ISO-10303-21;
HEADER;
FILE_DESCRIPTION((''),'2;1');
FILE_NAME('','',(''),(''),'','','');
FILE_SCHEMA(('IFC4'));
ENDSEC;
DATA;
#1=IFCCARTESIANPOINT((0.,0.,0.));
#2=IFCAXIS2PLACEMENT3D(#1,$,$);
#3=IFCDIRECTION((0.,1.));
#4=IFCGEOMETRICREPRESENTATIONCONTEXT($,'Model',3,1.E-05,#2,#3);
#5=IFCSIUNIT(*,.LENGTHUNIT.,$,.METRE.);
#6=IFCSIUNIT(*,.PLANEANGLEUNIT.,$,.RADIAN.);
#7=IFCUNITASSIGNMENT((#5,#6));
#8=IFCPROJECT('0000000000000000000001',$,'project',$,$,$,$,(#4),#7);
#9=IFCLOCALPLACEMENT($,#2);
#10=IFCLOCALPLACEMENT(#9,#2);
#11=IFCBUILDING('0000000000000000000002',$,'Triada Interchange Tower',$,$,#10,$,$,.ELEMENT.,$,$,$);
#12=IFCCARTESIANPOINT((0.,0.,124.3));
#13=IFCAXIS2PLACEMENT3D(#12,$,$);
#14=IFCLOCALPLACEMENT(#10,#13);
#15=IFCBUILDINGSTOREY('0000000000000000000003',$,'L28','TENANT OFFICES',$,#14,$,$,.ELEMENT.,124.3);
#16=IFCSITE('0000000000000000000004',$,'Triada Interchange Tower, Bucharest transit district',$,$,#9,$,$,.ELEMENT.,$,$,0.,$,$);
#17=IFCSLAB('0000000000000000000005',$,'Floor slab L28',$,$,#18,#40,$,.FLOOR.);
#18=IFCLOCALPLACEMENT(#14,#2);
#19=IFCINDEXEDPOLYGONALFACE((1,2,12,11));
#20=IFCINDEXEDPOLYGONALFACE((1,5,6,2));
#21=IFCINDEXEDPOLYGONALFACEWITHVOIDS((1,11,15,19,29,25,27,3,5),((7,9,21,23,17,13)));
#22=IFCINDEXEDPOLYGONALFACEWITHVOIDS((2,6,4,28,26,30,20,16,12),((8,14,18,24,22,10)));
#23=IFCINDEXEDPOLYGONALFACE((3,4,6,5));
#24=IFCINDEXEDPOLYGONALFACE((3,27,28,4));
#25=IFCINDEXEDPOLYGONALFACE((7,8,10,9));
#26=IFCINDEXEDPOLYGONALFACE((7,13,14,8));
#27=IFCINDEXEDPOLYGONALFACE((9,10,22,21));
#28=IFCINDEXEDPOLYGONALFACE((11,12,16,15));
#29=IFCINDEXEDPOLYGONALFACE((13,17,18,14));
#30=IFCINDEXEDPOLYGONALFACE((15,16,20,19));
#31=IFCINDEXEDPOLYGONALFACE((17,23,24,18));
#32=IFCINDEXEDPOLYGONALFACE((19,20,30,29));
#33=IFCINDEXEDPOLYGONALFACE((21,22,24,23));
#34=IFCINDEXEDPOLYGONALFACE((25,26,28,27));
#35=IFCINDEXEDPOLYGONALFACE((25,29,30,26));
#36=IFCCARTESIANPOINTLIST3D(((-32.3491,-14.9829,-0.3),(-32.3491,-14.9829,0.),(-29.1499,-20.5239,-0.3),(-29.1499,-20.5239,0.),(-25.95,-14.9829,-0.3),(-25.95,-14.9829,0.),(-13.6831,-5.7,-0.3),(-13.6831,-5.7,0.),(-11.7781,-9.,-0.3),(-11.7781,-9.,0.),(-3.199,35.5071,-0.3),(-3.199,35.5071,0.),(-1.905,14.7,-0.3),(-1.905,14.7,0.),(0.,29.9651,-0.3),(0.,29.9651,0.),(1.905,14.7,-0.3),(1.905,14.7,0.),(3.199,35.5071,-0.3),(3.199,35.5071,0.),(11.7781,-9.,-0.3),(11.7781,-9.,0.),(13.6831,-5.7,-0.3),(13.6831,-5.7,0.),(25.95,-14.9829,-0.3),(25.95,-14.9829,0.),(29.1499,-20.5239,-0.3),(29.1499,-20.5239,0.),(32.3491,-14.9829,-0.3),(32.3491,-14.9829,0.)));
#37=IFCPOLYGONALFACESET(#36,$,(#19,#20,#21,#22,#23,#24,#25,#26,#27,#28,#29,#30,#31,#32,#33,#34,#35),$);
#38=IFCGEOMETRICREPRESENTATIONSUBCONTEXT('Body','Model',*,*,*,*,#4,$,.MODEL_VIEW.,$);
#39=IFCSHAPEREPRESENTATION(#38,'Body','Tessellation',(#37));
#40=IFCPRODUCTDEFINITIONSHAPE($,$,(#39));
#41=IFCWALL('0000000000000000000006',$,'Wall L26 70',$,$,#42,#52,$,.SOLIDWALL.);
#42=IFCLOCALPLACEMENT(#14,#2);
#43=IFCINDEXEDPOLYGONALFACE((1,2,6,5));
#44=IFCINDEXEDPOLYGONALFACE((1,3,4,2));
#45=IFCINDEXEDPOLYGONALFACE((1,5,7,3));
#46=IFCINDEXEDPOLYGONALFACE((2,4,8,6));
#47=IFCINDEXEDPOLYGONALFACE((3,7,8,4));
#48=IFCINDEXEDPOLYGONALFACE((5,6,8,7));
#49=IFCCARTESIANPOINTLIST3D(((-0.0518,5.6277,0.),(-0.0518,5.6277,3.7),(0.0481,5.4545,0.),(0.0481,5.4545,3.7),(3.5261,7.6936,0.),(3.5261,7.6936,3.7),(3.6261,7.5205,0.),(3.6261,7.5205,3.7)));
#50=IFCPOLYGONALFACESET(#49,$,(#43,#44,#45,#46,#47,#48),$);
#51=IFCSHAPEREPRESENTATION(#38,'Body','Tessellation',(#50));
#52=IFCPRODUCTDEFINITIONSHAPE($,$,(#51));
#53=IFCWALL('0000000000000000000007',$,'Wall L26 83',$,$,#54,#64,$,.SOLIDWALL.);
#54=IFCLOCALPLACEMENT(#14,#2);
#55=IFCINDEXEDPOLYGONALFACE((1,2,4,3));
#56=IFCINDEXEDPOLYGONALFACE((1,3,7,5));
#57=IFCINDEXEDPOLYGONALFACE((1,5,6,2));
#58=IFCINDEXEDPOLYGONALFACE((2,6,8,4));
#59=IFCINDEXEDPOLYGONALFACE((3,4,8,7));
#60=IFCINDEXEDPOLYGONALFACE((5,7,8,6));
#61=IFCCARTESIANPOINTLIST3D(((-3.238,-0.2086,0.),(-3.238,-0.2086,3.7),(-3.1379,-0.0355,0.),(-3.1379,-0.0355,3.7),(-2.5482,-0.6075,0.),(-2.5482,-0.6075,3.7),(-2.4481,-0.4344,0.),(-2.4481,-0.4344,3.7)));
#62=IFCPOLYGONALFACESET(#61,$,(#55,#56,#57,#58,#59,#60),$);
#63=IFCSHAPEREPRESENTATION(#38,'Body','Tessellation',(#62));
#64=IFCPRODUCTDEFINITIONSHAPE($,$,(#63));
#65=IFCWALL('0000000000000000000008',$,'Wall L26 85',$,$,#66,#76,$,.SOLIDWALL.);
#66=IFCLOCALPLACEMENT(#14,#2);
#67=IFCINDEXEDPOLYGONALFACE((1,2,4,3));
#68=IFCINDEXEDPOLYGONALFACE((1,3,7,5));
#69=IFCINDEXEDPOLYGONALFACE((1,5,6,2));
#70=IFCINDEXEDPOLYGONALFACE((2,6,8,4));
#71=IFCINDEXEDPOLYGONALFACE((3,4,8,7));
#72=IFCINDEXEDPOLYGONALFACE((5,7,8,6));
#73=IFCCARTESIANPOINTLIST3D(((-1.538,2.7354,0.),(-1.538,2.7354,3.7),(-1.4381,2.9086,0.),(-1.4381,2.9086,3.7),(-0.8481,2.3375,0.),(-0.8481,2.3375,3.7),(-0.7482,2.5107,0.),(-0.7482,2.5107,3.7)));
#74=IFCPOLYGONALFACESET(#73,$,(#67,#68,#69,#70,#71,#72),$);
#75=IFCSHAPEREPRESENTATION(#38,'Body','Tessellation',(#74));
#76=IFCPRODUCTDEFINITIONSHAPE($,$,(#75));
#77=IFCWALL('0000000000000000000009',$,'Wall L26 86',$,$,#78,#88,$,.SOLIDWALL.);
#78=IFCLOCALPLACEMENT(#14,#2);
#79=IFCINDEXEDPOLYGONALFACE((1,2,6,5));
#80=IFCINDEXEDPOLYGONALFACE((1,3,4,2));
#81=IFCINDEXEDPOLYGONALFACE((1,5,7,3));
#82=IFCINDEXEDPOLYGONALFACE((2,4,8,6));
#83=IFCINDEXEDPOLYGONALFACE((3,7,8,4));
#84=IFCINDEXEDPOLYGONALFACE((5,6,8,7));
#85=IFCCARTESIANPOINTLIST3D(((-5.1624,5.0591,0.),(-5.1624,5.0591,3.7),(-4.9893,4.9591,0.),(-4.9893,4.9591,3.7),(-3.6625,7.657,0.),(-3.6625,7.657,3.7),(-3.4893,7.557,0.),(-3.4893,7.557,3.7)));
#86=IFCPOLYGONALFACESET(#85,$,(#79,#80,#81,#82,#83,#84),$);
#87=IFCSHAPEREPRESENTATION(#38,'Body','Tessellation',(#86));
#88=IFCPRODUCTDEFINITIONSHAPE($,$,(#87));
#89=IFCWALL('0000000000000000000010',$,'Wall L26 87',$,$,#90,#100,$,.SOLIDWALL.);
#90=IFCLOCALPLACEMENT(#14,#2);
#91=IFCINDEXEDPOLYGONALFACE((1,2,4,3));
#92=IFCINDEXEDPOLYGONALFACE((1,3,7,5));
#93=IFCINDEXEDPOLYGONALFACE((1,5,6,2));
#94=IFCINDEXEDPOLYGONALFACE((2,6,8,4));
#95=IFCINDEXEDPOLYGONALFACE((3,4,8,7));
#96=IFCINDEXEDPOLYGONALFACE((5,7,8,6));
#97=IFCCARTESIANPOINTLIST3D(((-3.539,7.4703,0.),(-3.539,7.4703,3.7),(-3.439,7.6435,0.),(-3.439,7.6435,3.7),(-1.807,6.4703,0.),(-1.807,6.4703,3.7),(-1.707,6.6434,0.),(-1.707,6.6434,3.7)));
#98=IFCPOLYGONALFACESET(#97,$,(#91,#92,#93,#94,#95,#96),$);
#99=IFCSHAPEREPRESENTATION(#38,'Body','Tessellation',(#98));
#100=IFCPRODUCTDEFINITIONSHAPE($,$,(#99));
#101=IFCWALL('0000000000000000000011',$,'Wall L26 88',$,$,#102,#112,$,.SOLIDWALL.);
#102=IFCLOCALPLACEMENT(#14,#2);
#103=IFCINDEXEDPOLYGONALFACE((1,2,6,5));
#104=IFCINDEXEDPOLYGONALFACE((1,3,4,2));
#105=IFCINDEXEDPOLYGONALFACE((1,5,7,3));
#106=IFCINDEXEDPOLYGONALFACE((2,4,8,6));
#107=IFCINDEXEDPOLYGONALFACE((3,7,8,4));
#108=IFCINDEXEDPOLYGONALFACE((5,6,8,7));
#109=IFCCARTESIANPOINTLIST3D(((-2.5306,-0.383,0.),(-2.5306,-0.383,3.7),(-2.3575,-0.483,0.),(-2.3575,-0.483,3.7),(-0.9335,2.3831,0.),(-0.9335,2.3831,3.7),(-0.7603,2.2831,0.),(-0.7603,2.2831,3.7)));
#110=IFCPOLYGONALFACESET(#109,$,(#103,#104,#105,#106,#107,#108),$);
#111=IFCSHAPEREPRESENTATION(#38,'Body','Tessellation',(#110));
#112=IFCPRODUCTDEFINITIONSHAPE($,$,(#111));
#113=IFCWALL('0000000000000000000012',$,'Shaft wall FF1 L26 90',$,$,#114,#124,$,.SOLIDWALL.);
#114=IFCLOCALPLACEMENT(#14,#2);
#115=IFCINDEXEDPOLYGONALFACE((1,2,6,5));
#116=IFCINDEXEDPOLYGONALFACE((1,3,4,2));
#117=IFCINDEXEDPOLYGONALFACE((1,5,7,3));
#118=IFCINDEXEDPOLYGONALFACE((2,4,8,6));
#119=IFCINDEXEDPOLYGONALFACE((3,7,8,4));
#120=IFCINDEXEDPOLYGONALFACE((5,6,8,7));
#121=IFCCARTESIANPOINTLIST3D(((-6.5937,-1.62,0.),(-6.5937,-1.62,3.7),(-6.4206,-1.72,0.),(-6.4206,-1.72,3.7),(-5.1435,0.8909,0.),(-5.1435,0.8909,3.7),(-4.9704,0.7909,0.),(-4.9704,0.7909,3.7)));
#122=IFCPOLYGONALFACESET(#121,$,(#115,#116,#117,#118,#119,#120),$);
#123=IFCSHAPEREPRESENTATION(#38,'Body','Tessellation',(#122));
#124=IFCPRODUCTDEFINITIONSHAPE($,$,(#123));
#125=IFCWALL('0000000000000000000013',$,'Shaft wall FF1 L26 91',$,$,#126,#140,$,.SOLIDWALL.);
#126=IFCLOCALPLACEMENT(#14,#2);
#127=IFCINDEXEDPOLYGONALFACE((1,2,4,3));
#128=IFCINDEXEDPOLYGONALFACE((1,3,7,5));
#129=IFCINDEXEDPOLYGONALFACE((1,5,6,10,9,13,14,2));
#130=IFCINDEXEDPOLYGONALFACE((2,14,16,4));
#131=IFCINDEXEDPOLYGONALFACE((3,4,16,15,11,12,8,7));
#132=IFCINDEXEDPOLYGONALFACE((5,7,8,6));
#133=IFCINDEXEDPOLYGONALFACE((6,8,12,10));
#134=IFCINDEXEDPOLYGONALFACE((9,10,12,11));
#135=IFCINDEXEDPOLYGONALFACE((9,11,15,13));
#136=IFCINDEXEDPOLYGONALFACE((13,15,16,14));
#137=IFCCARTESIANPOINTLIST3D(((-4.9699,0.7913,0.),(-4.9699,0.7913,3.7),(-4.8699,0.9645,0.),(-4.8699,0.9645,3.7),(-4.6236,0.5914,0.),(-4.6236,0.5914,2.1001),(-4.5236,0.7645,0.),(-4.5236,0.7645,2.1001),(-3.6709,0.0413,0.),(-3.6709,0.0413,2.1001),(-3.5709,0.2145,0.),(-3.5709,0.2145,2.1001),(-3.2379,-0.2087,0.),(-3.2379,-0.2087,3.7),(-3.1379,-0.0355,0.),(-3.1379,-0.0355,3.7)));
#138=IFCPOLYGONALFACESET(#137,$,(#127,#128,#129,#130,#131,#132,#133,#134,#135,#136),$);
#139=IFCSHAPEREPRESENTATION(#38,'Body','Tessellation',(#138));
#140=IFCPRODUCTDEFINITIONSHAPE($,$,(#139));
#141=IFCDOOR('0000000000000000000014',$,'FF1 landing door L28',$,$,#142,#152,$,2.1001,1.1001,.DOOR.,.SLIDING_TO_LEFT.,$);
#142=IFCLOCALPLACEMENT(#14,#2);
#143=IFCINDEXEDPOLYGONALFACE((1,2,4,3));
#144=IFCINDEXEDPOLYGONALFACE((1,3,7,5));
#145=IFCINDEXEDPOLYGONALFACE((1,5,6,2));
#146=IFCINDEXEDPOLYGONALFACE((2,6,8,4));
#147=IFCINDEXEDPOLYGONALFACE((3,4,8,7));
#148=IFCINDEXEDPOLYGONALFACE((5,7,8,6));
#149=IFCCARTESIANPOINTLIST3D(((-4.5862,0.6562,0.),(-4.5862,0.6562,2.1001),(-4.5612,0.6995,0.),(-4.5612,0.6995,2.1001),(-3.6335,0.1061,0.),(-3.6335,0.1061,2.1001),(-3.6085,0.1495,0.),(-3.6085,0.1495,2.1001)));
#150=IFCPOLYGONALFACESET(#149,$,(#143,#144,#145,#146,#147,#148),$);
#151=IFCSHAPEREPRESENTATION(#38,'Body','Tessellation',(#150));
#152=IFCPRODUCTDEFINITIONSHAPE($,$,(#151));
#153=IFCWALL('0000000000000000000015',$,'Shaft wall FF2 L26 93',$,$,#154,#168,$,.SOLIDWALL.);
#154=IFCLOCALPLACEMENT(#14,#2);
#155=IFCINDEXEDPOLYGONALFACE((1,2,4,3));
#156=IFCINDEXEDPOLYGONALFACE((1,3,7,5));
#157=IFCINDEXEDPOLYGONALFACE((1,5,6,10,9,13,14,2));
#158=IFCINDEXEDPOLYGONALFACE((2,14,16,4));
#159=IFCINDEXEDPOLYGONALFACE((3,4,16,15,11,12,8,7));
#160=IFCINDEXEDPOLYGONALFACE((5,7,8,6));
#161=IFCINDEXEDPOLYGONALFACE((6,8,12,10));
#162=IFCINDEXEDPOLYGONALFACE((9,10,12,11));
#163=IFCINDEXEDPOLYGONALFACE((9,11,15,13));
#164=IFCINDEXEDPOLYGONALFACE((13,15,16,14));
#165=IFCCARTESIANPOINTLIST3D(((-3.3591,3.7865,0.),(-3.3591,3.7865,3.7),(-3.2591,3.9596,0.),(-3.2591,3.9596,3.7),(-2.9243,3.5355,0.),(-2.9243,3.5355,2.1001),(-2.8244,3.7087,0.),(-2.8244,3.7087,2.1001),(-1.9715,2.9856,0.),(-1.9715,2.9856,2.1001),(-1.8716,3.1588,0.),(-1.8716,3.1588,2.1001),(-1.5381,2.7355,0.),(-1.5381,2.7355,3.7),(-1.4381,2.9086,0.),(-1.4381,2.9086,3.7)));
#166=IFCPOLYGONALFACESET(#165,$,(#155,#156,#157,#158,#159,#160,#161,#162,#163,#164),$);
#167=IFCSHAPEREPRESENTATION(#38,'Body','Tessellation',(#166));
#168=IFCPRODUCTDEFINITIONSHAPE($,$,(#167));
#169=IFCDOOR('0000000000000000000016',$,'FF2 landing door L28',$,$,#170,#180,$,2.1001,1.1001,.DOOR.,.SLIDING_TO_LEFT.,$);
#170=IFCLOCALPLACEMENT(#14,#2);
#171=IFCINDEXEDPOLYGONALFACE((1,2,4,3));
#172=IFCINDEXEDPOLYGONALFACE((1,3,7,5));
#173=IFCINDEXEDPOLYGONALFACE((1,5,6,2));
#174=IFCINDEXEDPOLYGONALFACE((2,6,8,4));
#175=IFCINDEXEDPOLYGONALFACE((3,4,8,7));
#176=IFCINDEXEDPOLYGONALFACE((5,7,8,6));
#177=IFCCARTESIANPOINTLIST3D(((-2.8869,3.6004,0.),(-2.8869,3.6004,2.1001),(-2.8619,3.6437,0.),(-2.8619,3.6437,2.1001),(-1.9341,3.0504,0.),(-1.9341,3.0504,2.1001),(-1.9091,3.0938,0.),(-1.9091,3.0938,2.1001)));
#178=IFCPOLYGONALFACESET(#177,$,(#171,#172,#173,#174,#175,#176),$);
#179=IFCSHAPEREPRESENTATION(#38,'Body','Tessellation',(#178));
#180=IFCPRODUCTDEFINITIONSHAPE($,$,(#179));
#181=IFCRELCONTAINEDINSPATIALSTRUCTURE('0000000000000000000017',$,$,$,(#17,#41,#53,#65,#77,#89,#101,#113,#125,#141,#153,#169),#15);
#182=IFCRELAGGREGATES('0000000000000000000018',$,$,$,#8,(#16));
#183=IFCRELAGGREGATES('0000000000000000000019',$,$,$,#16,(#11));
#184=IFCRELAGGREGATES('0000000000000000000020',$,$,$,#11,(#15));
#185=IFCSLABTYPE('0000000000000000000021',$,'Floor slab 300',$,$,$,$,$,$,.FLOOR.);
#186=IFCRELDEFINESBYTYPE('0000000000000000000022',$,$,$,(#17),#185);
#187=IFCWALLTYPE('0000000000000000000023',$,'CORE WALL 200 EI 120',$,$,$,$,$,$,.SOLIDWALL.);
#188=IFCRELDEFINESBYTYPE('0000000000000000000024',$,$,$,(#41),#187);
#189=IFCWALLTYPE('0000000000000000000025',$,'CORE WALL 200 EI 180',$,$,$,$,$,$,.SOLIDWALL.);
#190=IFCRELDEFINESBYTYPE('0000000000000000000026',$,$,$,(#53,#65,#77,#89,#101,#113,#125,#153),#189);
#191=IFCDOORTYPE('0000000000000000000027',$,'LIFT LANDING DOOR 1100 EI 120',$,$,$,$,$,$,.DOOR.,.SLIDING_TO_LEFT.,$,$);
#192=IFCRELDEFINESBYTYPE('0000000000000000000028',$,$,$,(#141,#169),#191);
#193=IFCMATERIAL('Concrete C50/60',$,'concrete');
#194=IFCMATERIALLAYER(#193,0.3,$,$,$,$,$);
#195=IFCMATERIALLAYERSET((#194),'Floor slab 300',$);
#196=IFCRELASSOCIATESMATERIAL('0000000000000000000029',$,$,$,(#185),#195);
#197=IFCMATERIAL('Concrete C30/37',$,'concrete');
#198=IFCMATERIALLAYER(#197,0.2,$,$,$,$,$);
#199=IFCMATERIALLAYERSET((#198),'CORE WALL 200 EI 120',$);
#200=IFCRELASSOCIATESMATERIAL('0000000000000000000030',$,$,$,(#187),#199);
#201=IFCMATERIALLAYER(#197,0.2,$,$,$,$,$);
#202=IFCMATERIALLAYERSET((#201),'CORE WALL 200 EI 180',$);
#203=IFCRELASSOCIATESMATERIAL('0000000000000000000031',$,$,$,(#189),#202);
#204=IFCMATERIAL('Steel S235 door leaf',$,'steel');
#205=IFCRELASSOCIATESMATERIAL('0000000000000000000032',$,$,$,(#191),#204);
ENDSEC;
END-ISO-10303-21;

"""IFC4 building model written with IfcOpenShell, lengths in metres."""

from ifc_helpers import new_model, si_unit, direction, frame, frame_2d, origin, place, context, subcontext, project, spatial, polyline, rectangle, outline, extrude, material, layer, layer_set, type_object, element, fill, save


model = new_model("IFC4")

# Units and contexts
model_context = context("Model", 3, precision=1e-05, world=origin(), true_north=direction((0.0, 1.0)))
body_context = subcontext(model_context, "Body", "Model", "MODEL_VIEW")
ifc_project = project(units=[si_unit("LENGTHUNIT", "METRE"), si_unit("PLANEANGLEUNIT", "RADIAN")], contexts=[model_context])

# Site, building, storey
site_placement = place(None, origin())
site = spatial("IfcSite", under=ifc_project, at=site_placement, Name="Triada Interchange Tower, Bucharest transit district", CompositionType="ELEMENT", RefElevation=0.0)
building_placement = place(site_placement, origin())
building = spatial("IfcBuilding", under=site, at=building_placement, Name="Triada Interchange Tower", CompositionType="ELEMENT")
storey_placement = place(building_placement, frame((0.0, 0.0, 124.3)))
storey = spatial("IfcBuildingStorey", under=building, at=storey_placement, Name="L28", Description="TENANT OFFICES", CompositionType="ELEMENT", Elevation=124.3)

# Slab
ifc_material_1 = material(Name="Concrete C50/60", Category="concrete")
ifc_layer_1 = layer(ifc_material_1, 0.3)
ifc_layer_set_1 = layer_set([ifc_layer_1], Name="Floor slab 300")
slab_type = type_object("IfcSlabType", Name="Floor slab 300", PredefinedType="FLOOR", material=ifc_layer_set_1)
slab_placement = place(storey_placement, frame((0.0, 0.0, -0.3)))
element("IfcSlab", 1, at=slab_placement, inside=storey, type_object=slab_type, Name="Floor slab L28", PredefinedType="FLOOR", context=body_context, shape_type="SweptSolid", body=[
    extrude(outline(polyline([(-3.199, 35.5071), (-32.3491, -14.9829), (-25.95, -14.9829), (-29.1499, -20.5239), (29.1499, -20.5239), (25.95, -14.9829), (32.3491, -14.9829), (3.199, 35.5071), (0.0, 29.9651), (-3.199, 35.5071)]), holes=[polyline([(1.905, 14.7), (-1.905, 14.7), (-13.6831, -5.7), (-11.7781, -9.0), (11.7781, -9.0), (13.6831, -5.7), (1.905, 14.7)])]), origin(), (0.0, 0.0, 1.0), 0.3),
])

# Walls
ifc_material_2 = material(Name="Concrete C30/37", Category="concrete")
ifc_layer_2 = layer(ifc_material_2, 0.2)
ifc_layer_set_2 = layer_set([ifc_layer_2], Name="CORE WALL 200 EI 120")
wall_type_1 = type_object("IfcWallType", Name="CORE WALL 200 EI 120", PredefinedType="SOLIDWALL", material=ifc_layer_set_2)
wall_1_placement = place(storey_placement, frame((-0.002, 5.541, 0.0), z_axis=(0.0, 0.0, 1.0), x_axis=(0.866002, 0.500041, 0.0)))
element("IfcWall", 2, at=wall_1_placement, inside=storey, type_object=wall_type_1, Name="Wall L26 70", PredefinedType="SOLIDWALL", context=body_context, shape_type="SweptSolid", body=[
    extrude(rectangle(XDim=4.1316, YDim=0.2, at=frame_2d((2.0659, 0.0))), origin(), (0.0, 0.0, 1.0), 3.7),
])
ifc_layer_3 = layer(ifc_material_2, 0.2)
ifc_layer_set_3 = layer_set([ifc_layer_3], Name="CORE WALL 200 EI 180")
wall_type_2 = type_object("IfcWallType", Name="CORE WALL 200 EI 180", PredefinedType="SOLIDWALL", material=ifc_layer_set_3)
wall_2_placement = place(storey_placement, frame((-3.188, -0.1221, 0.0), z_axis=(0.0, 0.0, 1.0), x_axis=(0.865706, -0.500553, 0.0)))
element("IfcWall", 3, at=wall_2_placement, inside=storey, type_object=wall_type_2, Name="Wall L26 83", PredefinedType="SOLIDWALL", context=body_context, shape_type="SweptSolid", body=[
    extrude(rectangle(XDim=0.7969, YDim=0.2, at=frame_2d((0.3984, 0.0))), origin(), (0.0, 0.0, 1.0), 3.7),
])
wall_3_placement = place(storey_placement, frame((-1.488, 2.822, 0.0), z_axis=(0.0, 0.0, 1.0), x_axis=(0.866237, -0.499634, 0.0)))
element("IfcWall", 4, at=wall_3_placement, inside=storey, type_object=wall_type_2, Name="Wall L26 85", PredefinedType="SOLIDWALL", context=body_context, shape_type="SweptSolid", body=[
    extrude(rectangle(XDim=0.7964, YDim=0.2, at=frame_2d((0.3982, 0.0))), origin(), (0.0, 0.0, 1.0), 3.7),
])
wall_4_placement = place(storey_placement, frame((-5.0759, 5.009, 0.0), z_axis=(0.0, 0.0, 1.0), x_axis=(0.500025, 0.866011, 0.0)))
element("IfcWall", 5, at=wall_4_placement, inside=storey, type_object=wall_type_2, Name="Wall L26 86", PredefinedType="SOLIDWALL", context=body_context, shape_type="SweptSolid", body=[
    extrude(rectangle(XDim=2.9998, YDim=0.2, at=frame_2d((1.5, 0.0))), origin(), (0.0, 0.0, 1.0), 3.7),
])
wall_5_placement = place(storey_placement, frame((-3.489, 7.5569, 0.0), z_axis=(0.0, 0.0, 1.0), x_axis=(0.866011, -0.500025, 0.0)))
element("IfcWall", 6, at=wall_5_placement, inside=storey, type_object=wall_type_2, Name="Wall L26 87", PredefinedType="SOLIDWALL", context=body_context, shape_type="SweptSolid", body=[
    extrude(rectangle(XDim=2.0, YDim=0.2, at=frame_2d((1.0, 0.0))), origin(), (0.0, 0.0, 1.0), 3.7),
])
wall_6_placement = place(storey_placement, frame((-2.4441, -0.4331, 0.0), z_axis=(0.0, 0.0, 1.0), x_axis=(0.500036, 0.866005, 0.0)))
element("IfcWall", 7, at=wall_6_placement, inside=storey, type_object=wall_type_2, Name="Wall L26 88", PredefinedType="SOLIDWALL", context=body_context, shape_type="SweptSolid", body=[
    extrude(rectangle(XDim=3.1941, YDim=0.2, at=frame_2d((1.5972, 0.0))), origin(), (0.0, 0.0, 1.0), 3.7),
])
wall_7_placement = place(storey_placement, frame((-6.5071, -1.6699, 0.0), z_axis=(0.0, 0.0, 1.0), x_axis=(0.500123, 0.865954, 0.0)))
element("IfcWall", 8, at=wall_7_placement, inside=storey, type_object=wall_type_2, Name="Shaft wall FF1 L26 90", PredefinedType="SOLIDWALL", context=body_context, shape_type="SweptSolid", body=[
    extrude(rectangle(XDim=2.8997, YDim=0.2, at=frame_2d((1.4497, 0.0))), origin(), (0.0, 0.0, 1.0), 3.7),
])

# Walls, openings, doors
wall_8_placement = place(storey_placement, frame((-4.9199, 0.8779, 0.0), z_axis=(0.0, 0.0, 1.0), x_axis=(0.866011, -0.500025, 0.0)))
wall_8 = element("IfcWall", 9, at=wall_8_placement, inside=storey, type_object=wall_type_2, Name="Shaft wall FF1 L26 91", PredefinedType="SOLIDWALL", context=body_context, shape_type="SweptSolid", body=[
    extrude(rectangle(XDim=2.0, YDim=0.2, at=frame_2d((1.0, 0.0))), origin(), (0.0, 0.0, 1.0), 3.7),
])
opening_1_placement = place(wall_8_placement, frame((0.3999, 0.0, 0.0)))
opening_1 = element("IfcOpeningElement", 10, at=opening_1_placement, cuts=wall_8, PredefinedType="OPENING", context=body_context, shape_type="SweptSolid", body=[
    extrude(rectangle(XDim=1.1001, YDim=2.1001, at=frame_2d((0.55, 1.05))), frame((0.0, 0.1099, 0.0), z_axis=(0.0, -1.0, 0.0), x_axis=(1.0, 0.0, 0.0)), (0.0, 0.0, 1.0), 0.22),
])
ifc_material_3 = material(Name="Steel S235 door leaf", Category="steel")
door_type = type_object("IfcDoorType", Name="LIFT LANDING DOOR 1100 EI 120", OperationType="SLIDING_TO_LEFT", PredefinedType="DOOR", material=ifc_material_3)
door_1_placement = place(opening_1_placement, origin())
door_1 = element("IfcDoor", 11, at=door_1_placement, inside=storey, type_object=door_type, Name="FF1 landing door L28", OperationType="SLIDING_TO_LEFT", OverallHeight=2.1001, OverallWidth=1.1001, PredefinedType="DOOR", context=body_context, shape_type="SweptSolid", body=[
    extrude(rectangle(XDim=1.1001, YDim=2.1001, at=frame_2d((0.55, 1.05))), frame((0.0, 0.0249, 0.0), z_axis=(0.0, -1.0, 0.0), x_axis=(1.0, 0.0, 0.0)), (0.0, 0.0, 1.0), 0.05),
])
fill(opening_1, door_1)
wall_9_placement = place(storey_placement, frame((-3.3091, 3.873, 0.0), z_axis=(0.0, 0.0, 1.0), x_axis=(0.866099, -0.499873, 0.0)))
wall_9 = element("IfcWall", 12, at=wall_9_placement, inside=storey, type_object=wall_type_2, Name="Shaft wall FF2 L26 93", PredefinedType="SOLIDWALL", context=body_context, shape_type="SweptSolid", body=[
    extrude(rectangle(XDim=2.1025, YDim=0.2, at=frame_2d((1.0513, 0.0))), origin(), (0.0, 0.0, 1.0), 3.7),
])
opening_2_placement = place(wall_9_placement, frame((0.502, 0.0, 0.0)))
opening_2 = element("IfcOpeningElement", 13, at=opening_2_placement, cuts=wall_9, PredefinedType="OPENING", context=body_context, shape_type="SweptSolid", body=[
    extrude(rectangle(XDim=1.1001, YDim=2.1001, at=frame_2d((0.55, 1.05))), frame((0.0, 0.1099, 0.0), z_axis=(0.0, -1.0, 0.0), x_axis=(1.0, 0.0, 0.0)), (0.0, 0.0, 1.0), 0.22),
])
door_2_placement = place(opening_2_placement, origin())
door_2 = element("IfcDoor", 14, at=door_2_placement, inside=storey, type_object=door_type, Name="FF2 landing door L28", OperationType="SLIDING_TO_LEFT", OverallHeight=2.1001, OverallWidth=1.1001, PredefinedType="DOOR", context=body_context, shape_type="SweptSolid", body=[
    extrude(rectangle(XDim=1.1001, YDim=2.1001, at=frame_2d((0.55, 1.05))), frame((0.0, 0.0249, 0.0), z_axis=(0.0, -1.0, 0.0), x_axis=(1.0, 0.0, 0.0)), (0.0, 0.0, 1.0), 0.05),
])
fill(opening_2, door_2)

save(model, "model.ifc")
